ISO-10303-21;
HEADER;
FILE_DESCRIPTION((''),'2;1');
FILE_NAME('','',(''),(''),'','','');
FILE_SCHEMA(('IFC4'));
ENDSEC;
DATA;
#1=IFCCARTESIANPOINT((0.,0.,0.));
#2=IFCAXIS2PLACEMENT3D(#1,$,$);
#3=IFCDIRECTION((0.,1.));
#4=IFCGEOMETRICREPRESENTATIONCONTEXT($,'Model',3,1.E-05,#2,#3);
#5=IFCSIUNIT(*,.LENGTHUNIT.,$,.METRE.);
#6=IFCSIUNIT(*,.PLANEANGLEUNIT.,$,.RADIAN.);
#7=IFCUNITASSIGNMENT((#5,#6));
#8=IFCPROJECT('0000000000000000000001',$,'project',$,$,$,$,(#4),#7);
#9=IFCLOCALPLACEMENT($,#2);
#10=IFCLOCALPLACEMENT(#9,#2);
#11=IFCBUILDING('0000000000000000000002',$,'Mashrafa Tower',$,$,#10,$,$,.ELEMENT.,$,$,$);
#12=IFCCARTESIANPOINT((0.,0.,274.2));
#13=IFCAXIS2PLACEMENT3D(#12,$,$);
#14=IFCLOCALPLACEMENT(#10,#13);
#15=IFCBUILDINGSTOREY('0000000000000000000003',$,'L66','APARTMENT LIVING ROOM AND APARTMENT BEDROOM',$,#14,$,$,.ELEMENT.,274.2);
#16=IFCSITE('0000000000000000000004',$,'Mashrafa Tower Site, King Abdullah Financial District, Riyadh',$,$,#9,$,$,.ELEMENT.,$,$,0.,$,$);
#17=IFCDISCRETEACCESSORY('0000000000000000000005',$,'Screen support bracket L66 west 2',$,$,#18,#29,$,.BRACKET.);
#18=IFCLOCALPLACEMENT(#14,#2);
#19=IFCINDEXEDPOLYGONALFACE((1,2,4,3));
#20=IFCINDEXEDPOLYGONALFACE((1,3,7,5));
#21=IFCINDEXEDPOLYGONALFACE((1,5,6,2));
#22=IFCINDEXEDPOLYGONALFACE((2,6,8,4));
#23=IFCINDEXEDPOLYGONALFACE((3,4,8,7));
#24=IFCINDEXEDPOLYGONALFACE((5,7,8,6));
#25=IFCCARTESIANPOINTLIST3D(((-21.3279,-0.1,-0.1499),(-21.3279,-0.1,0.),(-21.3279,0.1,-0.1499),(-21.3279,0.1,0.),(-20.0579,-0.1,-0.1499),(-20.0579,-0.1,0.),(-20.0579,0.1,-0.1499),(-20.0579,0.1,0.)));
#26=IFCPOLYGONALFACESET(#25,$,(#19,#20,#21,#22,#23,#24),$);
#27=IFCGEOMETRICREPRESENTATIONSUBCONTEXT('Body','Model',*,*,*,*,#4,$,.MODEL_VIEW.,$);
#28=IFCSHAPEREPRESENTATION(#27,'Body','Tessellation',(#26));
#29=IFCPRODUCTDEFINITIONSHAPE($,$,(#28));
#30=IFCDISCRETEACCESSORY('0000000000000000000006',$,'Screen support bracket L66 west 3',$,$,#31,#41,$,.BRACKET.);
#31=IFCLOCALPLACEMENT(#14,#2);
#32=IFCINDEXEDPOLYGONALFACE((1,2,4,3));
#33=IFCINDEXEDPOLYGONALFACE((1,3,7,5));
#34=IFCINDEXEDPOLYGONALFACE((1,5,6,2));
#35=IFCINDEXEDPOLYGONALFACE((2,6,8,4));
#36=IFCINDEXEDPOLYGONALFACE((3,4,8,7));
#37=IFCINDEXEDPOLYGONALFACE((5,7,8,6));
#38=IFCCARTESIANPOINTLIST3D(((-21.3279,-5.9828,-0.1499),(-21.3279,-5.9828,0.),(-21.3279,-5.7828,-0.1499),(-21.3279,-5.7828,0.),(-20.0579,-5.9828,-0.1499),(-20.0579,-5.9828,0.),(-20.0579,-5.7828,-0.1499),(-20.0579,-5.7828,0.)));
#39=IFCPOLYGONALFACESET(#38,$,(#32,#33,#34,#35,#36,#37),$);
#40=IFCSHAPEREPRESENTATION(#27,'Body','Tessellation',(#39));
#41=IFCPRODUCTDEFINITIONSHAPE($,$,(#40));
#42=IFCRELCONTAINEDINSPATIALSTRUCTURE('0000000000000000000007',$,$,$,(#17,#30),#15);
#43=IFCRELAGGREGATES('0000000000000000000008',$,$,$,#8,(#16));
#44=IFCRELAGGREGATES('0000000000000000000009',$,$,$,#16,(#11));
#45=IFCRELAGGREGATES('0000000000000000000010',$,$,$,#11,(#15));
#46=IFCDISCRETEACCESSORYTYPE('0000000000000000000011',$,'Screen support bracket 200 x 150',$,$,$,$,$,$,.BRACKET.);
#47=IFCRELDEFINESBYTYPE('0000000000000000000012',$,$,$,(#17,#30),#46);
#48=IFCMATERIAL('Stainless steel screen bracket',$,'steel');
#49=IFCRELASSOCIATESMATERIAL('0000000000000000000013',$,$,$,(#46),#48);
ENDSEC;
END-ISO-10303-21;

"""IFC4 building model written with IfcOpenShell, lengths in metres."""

from ifc_helpers import new_model, si_unit, direction, frame, origin, origin_2d, place, context, subcontext, project, spatial, rectangle, extrude, source, transform, mapped, material, type_object, type_shapes, element, save


model = new_model("IFC4")

# Units and contexts
model_context = context("Model", 3, precision=1e-05, world=origin(), true_north=direction((0.0, 1.0)))
body_context = subcontext(model_context, "Body", "Model", "MODEL_VIEW")
ifc_project = project(units=[si_unit("LENGTHUNIT", "METRE"), si_unit("PLANEANGLEUNIT", "RADIAN")], contexts=[model_context])

# Site, building, storey
site_placement = place(None, origin())
site = spatial("IfcSite", under=ifc_project, at=site_placement, Name="Mashrafa Tower Site, King Abdullah Financial District, Riyadh", CompositionType="ELEMENT", RefElevation=0.0)
building_placement = place(site_placement, origin())
building = spatial("IfcBuilding", under=site, at=building_placement, Name="Mashrafa Tower", CompositionType="ELEMENT")
storey_placement = place(building_placement, frame((0.0, 0.0, 274.2)))
storey = spatial("IfcBuildingStorey", under=building, at=storey_placement, Name="L66", Description="APARTMENT LIVING ROOM AND APARTMENT BEDROOM", CompositionType="ELEMENT", Elevation=274.2)

# Discrete accessories
ifc_material_1 = material(Name="Stainless steel screen bracket", Category="steel")
discrete_accessory_type = type_object("IfcDiscreteAccessoryType", Name="Screen support bracket 200 x 150", PredefinedType="BRACKET", material=ifc_material_1)
shared_shape_1 = source(origin(), body_context, "Body", "SweptSolid", [
    extrude(rectangle(XDim=0.2, YDim=1.27, at=origin_2d()), origin(), (0.0, 0.0, 1.0), 0.1499),
])
type_shapes(discrete_accessory_type, [shared_shape_1])
for number, where, z_axis, x_axis, name in (
    (1, (-20.6929, 0.0, -0.1499), (0.0, 0.0, 1.0), (0.0, -1.0, 0.0), "Screen support bracket L66 west 2"),
    (2, (-20.6929, -5.8828, -0.1499), (0.0, 0.0, 1.0), (0.0, -1.0, 0.0), "Screen support bracket L66 west 3"),
):
    element("IfcDiscreteAccessory", number, at=place(storey_placement, frame(where, z_axis=z_axis, x_axis=x_axis)), inside=storey, type_object=discrete_accessory_type, Name=name, PredefinedType="BRACKET", context=body_context, shape_type="MappedRepresentation", body=[
        mapped(shared_shape_1, transform((0.0, 0.0, 0.0))),
    ])

save(model, "model.ifc")
